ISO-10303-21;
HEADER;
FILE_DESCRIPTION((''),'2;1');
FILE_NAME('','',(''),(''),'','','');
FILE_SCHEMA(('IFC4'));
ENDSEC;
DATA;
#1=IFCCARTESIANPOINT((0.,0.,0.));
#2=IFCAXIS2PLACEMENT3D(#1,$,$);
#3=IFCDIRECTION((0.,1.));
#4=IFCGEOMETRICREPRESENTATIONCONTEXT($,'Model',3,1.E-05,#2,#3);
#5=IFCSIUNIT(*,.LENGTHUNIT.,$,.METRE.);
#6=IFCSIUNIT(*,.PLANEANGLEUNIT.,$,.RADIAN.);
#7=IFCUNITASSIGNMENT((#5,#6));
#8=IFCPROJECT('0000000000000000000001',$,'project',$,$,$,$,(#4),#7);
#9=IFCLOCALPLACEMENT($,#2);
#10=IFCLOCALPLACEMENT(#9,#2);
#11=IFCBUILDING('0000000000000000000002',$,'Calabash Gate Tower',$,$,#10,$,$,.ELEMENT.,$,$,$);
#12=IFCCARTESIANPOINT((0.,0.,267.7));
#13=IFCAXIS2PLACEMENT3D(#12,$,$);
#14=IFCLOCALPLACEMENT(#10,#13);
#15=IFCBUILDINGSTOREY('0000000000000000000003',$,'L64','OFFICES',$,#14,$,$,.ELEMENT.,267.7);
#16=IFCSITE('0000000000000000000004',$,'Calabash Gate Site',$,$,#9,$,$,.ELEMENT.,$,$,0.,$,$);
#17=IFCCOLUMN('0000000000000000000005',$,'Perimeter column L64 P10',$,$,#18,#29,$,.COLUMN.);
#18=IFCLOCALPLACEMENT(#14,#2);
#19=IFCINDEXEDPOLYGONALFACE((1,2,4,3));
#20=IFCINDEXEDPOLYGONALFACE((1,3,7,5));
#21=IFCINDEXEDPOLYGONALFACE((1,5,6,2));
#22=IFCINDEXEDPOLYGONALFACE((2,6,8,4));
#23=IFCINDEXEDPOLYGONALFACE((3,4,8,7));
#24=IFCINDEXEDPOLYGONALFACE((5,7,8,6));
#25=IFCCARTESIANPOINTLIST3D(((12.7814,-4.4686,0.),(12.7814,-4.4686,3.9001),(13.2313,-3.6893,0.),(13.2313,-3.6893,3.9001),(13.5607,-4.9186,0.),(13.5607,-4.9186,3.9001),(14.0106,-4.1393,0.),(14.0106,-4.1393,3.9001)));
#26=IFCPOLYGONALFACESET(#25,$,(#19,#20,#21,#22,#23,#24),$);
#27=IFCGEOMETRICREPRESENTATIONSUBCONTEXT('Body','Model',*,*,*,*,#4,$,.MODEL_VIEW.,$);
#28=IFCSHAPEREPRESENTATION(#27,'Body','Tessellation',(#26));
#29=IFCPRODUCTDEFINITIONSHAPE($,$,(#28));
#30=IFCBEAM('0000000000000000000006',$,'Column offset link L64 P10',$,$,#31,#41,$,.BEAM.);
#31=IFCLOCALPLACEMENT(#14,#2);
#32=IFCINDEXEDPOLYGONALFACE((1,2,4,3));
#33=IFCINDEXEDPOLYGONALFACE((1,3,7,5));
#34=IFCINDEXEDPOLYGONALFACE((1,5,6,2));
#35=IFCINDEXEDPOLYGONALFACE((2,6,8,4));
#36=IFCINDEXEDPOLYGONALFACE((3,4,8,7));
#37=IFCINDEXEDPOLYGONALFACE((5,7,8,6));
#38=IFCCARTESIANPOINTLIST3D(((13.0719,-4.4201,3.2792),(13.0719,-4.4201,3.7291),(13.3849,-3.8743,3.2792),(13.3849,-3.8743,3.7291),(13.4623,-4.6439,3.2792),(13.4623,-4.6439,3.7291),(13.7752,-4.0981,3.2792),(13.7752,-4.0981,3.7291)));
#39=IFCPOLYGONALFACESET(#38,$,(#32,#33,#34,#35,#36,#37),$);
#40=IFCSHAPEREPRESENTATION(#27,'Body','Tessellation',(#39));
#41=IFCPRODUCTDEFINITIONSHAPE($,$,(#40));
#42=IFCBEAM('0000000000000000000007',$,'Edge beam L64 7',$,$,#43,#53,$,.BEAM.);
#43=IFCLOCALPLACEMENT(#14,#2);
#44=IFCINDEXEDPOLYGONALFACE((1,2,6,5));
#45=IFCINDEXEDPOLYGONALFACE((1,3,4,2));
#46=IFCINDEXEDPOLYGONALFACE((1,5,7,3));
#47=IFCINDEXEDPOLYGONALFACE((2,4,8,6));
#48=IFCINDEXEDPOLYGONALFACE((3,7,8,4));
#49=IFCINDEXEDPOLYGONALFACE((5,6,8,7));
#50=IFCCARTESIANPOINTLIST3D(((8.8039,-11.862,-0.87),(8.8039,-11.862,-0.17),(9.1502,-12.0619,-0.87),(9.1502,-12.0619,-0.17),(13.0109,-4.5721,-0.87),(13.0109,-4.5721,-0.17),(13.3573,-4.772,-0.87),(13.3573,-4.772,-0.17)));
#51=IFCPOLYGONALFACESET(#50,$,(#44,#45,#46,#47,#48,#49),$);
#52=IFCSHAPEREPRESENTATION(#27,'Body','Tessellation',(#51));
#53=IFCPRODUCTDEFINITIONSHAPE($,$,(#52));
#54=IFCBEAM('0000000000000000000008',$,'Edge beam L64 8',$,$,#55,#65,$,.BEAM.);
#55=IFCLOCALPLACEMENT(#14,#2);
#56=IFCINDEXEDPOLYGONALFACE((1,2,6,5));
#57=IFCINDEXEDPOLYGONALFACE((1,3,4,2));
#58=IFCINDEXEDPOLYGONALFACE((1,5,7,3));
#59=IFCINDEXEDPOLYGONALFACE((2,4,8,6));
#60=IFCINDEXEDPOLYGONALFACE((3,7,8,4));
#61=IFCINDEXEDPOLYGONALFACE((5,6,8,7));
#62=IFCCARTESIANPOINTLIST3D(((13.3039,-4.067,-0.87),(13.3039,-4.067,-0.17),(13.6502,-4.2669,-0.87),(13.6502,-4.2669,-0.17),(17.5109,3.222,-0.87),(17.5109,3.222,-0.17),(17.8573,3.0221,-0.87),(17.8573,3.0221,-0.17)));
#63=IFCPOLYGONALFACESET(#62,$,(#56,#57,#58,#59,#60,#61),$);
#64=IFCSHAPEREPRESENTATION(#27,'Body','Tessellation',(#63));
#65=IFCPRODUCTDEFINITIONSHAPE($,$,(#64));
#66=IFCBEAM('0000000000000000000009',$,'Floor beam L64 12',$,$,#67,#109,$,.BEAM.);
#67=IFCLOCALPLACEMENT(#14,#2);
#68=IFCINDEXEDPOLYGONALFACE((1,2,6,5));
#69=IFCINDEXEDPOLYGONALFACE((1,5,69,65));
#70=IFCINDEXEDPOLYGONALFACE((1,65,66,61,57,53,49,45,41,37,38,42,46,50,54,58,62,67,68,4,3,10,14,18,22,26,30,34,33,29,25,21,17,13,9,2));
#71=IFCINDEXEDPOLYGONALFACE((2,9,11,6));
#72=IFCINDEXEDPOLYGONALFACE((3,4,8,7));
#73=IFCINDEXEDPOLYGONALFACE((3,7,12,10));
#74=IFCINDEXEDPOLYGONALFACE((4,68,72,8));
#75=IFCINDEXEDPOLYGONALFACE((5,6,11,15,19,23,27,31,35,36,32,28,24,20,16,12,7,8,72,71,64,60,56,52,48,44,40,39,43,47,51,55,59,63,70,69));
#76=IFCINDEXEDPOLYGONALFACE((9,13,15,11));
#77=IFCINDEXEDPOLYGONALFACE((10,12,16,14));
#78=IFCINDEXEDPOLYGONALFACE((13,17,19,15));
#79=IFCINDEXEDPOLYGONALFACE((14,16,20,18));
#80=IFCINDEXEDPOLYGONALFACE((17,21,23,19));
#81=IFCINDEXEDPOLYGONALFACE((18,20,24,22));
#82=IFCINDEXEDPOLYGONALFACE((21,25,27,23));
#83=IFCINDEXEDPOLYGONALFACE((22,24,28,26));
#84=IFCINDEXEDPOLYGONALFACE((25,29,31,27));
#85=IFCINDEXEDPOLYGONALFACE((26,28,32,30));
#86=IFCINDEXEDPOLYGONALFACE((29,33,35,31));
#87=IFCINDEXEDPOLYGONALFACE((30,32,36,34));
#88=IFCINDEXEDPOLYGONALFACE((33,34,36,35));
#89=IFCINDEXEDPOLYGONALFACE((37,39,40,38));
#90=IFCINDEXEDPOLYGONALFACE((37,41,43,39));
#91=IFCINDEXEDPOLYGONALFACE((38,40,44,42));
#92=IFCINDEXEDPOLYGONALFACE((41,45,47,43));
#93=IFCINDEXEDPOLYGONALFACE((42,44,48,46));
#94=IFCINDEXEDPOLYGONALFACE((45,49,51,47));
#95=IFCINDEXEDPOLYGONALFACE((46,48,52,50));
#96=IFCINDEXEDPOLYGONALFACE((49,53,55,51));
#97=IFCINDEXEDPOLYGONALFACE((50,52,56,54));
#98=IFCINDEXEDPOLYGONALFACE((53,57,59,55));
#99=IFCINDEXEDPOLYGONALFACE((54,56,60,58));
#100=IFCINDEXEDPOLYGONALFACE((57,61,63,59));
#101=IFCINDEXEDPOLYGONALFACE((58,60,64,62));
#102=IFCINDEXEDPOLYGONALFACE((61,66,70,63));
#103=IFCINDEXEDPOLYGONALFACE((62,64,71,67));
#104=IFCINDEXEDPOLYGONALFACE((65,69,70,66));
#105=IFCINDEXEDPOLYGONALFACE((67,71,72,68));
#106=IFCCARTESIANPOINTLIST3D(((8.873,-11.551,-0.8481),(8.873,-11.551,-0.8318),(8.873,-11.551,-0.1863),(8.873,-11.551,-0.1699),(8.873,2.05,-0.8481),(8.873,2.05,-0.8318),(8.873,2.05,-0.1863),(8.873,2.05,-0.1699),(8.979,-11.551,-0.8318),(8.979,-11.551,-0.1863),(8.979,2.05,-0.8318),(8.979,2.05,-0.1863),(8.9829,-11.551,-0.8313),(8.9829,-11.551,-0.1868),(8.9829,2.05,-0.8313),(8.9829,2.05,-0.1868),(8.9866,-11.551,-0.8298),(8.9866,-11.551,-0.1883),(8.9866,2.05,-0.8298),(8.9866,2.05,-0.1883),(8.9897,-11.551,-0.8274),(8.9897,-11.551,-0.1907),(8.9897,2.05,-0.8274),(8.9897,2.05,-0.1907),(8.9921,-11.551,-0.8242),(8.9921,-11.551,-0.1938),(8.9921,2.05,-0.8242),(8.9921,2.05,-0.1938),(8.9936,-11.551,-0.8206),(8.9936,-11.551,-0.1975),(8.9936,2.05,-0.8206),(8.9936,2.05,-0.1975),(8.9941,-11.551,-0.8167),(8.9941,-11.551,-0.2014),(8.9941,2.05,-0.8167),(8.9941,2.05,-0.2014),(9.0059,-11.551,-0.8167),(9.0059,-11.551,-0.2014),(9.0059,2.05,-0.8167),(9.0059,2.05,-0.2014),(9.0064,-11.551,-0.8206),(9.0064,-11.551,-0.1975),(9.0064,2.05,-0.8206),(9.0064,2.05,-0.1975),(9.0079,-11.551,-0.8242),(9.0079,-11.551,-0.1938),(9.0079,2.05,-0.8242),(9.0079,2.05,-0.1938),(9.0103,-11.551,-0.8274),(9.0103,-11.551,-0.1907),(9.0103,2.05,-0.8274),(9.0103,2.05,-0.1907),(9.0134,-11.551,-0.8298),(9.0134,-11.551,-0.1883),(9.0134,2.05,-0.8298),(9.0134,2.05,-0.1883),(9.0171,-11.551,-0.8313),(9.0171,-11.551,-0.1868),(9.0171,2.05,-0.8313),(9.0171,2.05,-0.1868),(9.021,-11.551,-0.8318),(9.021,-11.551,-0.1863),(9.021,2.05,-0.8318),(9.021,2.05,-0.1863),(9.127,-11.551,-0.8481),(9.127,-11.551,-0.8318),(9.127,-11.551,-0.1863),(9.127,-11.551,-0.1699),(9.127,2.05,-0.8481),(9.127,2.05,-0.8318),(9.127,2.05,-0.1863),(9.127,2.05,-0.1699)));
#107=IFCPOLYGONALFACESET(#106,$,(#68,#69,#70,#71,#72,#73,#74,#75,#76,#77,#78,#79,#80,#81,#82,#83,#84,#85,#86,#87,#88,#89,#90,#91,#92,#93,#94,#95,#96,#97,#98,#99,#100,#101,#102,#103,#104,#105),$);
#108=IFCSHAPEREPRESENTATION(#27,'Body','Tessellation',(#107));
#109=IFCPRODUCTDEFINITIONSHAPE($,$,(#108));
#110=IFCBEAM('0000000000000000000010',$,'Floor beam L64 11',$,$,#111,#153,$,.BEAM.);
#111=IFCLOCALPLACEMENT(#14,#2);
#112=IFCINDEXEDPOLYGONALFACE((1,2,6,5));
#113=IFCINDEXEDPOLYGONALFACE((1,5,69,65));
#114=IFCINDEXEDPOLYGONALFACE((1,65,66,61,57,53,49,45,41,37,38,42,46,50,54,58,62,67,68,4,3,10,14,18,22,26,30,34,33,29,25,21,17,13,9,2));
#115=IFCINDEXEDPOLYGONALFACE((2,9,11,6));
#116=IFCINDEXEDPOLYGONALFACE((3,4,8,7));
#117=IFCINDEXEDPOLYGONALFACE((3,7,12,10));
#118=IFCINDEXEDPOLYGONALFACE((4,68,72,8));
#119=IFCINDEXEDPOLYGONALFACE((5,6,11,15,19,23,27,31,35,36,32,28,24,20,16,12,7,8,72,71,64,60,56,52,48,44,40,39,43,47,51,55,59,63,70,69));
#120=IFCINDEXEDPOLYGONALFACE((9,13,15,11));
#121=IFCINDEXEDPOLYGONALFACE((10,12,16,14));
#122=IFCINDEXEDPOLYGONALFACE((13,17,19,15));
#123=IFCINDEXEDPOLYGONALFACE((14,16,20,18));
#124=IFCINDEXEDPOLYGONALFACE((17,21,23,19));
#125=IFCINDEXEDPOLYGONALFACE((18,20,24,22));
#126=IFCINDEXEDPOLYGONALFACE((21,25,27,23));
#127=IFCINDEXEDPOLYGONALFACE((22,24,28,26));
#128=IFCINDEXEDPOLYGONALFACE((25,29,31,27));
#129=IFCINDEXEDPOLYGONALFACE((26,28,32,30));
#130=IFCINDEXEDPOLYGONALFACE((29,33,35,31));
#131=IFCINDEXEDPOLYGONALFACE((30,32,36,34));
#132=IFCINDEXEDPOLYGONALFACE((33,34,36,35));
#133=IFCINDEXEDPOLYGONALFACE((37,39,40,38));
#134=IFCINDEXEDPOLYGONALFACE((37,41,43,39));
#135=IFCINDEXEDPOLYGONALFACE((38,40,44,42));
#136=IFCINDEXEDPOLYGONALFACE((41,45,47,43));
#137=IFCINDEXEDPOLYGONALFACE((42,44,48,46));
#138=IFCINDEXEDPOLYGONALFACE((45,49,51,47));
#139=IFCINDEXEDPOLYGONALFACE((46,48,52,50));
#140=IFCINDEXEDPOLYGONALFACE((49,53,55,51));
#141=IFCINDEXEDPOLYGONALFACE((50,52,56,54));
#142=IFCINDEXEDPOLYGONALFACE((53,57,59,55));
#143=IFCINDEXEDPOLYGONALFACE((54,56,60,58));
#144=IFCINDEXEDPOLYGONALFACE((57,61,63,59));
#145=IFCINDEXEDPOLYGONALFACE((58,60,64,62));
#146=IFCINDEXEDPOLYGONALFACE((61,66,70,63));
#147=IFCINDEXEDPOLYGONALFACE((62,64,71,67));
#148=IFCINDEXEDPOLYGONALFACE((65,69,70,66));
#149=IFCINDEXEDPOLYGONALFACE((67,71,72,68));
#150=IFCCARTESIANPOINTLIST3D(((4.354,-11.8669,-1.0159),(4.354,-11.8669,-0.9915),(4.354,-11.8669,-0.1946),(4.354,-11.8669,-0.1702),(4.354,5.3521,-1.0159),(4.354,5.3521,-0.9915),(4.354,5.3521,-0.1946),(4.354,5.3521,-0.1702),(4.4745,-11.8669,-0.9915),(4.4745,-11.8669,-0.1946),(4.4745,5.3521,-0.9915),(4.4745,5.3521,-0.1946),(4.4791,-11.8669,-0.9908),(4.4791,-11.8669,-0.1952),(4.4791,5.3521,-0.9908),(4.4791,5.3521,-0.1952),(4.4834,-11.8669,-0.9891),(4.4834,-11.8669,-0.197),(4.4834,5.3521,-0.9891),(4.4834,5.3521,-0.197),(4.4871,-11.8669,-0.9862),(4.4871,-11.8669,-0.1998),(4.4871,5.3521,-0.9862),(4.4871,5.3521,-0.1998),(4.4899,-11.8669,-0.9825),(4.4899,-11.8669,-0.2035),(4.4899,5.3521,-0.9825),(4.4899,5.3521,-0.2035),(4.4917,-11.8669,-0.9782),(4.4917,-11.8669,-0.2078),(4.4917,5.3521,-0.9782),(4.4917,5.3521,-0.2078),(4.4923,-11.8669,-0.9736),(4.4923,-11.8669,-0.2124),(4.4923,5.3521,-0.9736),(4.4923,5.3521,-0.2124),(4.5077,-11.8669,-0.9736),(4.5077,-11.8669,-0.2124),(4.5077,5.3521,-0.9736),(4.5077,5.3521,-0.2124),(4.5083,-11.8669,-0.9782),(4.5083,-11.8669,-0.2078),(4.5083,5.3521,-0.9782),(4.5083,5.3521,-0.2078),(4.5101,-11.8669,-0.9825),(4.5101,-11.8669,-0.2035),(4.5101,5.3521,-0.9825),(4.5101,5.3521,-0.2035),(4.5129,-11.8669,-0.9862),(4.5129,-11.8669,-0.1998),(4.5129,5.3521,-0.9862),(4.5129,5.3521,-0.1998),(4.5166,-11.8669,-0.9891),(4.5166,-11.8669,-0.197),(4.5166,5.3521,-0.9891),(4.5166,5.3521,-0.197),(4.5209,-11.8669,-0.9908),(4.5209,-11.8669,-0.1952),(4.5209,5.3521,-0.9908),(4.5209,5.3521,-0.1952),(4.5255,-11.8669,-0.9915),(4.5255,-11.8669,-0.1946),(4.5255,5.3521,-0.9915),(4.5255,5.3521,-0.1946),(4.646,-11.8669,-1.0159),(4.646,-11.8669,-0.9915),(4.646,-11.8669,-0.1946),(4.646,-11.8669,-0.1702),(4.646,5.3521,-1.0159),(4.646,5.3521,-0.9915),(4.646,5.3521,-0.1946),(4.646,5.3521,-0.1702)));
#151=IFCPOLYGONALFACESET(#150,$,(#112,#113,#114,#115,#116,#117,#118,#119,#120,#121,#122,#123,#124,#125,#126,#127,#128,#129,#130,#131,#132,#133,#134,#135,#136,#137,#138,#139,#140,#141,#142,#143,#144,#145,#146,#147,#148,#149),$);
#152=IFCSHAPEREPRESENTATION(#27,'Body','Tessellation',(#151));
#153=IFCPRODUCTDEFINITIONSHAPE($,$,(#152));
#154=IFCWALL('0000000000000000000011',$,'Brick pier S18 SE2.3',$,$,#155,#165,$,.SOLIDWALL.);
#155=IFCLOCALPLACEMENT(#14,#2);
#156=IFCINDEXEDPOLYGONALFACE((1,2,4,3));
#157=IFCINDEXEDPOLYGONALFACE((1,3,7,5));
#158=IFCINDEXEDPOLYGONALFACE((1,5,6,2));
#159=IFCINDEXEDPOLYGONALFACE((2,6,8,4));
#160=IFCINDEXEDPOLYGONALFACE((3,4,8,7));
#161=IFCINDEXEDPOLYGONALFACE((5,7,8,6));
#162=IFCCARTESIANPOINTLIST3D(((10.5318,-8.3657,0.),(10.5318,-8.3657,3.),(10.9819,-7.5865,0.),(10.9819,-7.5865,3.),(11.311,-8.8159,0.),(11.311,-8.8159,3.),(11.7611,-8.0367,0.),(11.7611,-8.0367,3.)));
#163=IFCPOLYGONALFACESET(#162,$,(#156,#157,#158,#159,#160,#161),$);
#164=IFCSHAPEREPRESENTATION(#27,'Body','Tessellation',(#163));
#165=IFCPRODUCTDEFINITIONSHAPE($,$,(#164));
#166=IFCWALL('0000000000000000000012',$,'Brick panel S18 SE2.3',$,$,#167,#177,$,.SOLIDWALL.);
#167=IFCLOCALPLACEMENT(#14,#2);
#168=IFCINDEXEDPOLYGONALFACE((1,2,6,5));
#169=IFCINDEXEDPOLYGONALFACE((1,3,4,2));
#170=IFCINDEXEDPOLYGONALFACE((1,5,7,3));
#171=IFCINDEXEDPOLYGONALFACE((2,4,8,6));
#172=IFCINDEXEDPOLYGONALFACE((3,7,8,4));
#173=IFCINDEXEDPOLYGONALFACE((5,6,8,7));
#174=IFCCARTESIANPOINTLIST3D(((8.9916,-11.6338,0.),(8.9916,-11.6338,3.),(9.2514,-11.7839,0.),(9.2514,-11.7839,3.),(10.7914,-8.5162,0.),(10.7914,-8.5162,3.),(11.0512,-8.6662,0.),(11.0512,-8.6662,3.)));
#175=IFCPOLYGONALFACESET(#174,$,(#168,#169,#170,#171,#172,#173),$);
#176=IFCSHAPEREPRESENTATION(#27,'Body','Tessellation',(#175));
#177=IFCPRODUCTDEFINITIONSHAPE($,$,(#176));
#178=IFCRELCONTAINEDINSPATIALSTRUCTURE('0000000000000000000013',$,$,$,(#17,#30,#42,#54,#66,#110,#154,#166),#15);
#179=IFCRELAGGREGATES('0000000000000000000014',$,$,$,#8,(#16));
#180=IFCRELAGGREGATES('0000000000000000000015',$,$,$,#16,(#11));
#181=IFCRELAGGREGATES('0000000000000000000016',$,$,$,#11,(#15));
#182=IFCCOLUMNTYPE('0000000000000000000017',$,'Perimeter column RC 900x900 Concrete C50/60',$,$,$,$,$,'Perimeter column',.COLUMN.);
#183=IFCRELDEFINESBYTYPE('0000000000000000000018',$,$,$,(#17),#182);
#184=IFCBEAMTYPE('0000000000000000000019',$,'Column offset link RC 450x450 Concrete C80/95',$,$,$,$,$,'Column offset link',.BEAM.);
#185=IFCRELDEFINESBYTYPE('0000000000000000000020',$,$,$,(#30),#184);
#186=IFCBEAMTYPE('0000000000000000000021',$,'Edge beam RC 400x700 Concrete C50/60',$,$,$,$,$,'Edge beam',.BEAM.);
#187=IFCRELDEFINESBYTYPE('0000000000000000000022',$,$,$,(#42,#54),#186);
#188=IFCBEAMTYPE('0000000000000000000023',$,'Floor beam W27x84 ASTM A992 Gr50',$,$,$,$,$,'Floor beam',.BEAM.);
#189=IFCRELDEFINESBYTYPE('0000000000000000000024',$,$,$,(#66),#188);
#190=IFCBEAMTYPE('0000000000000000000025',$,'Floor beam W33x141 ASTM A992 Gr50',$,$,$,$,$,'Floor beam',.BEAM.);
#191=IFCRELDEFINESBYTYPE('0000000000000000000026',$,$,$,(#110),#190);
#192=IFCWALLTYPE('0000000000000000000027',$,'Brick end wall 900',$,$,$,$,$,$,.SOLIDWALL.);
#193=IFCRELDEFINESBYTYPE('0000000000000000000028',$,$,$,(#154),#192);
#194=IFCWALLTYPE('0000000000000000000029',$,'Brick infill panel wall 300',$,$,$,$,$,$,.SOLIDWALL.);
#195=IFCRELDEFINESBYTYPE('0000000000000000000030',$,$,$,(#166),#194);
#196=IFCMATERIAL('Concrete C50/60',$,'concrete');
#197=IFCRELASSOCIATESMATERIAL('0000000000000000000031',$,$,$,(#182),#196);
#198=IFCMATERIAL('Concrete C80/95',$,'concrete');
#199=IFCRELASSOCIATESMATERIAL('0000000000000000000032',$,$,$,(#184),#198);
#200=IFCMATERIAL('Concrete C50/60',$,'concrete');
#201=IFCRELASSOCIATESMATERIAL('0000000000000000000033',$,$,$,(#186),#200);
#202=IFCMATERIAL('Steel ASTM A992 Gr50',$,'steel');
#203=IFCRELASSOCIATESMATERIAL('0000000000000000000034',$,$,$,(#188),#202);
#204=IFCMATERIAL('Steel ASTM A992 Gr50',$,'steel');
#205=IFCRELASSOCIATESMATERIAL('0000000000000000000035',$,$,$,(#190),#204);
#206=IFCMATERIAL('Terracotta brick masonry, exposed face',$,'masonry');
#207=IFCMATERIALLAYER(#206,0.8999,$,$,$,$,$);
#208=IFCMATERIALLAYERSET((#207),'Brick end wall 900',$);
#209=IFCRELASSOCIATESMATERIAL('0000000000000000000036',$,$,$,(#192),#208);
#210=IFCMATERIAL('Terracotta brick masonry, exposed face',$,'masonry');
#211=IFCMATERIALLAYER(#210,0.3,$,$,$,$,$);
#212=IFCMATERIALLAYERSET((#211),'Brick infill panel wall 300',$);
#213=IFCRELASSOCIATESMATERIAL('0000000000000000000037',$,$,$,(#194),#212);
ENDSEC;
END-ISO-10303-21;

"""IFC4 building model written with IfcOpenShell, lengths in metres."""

from ifc_helpers import new_model, si_unit, direction, frame, frame_2d, origin, origin_2d, place, context, subcontext, project, spatial, rectangle, i_section, extrude, material, layer, layer_set, material_profile, profile_set, type_object, element, save


model = new_model("IFC4")

# Units and contexts
model_context = context("Model", 3, precision=1e-05, world=origin(), true_north=direction((0.0, 1.0)))
body_context = subcontext(model_context, "Body", "Model", "MODEL_VIEW")
ifc_project = project(units=[si_unit("LENGTHUNIT", "METRE"), si_unit("PLANEANGLEUNIT", "RADIAN")], contexts=[model_context])

# Site, building, storey
site_placement = place(None, origin())
site = spatial("IfcSite", under=ifc_project, at=site_placement, Name="Calabash Gate Site", CompositionType="ELEMENT", RefElevation=0.0)
building_placement = place(site_placement, origin())
building = spatial("IfcBuilding", under=site, at=building_placement, Name="Calabash Gate Tower", CompositionType="ELEMENT")
storey_placement = place(building_placement, frame((0.0, 0.0, 267.7)))
storey = spatial("IfcBuildingStorey", under=building, at=storey_placement, Name="L64", Description="OFFICES", CompositionType="ELEMENT", Elevation=267.7)

# Column
ifc_material_1 = material(Name="Concrete C50/60", Category="concrete")
ifc_material_profile_1 = material_profile(ifc_material_1, rectangle(XDim=0.8999, YDim=0.8999, at=origin_2d()))
ifc_profile_set_1 = profile_set([ifc_material_profile_1], Name="Concrete C50/60")
column_type = type_object("IfcColumnType", Name="Perimeter column RC 900x900 Concrete C50/60", ElementType="Perimeter column", PredefinedType="COLUMN", material=ifc_profile_set_1)
column_placement = place(storey_placement, frame((13.396, -4.304, 0.0), z_axis=(0.0, 0.0, 1.0), x_axis=(0.5, 0.866025, 0.0)))
element("IfcColumn", 1, at=column_placement, inside=storey, type_object=column_type, Name="Perimeter column L64 P10", PredefinedType="COLUMN", context=body_context, shape_type="SweptSolid", body=[
    extrude(rectangle(XDim=0.8999, YDim=0.8999, at=origin_2d()), origin(), (0.0, 0.0, 1.0), 3.9001),
])

# Beams
ifc_material_2 = material(Name="Concrete C80/95", Category="concrete")
ifc_material_profile_2 = material_profile(ifc_material_2, rectangle(XDim=0.45, YDim=0.45, at=origin_2d()))
ifc_profile_set_2 = profile_set([ifc_material_profile_2], Name="Concrete C80/95")
beam_type_1 = type_object("IfcBeamType", Name="Column offset link RC 450x450 Concrete C80/95", ElementType="Column offset link", PredefinedType="BEAM", material=ifc_profile_set_2)
beam_1_placement = place(storey_placement, frame((13.2671, -4.532, 3.5042), z_axis=(0.497392, 0.867526, 0.0), x_axis=(-0.867526, 0.497392, 0.0)))
element("IfcBeam", 2, at=beam_1_placement, inside=storey, type_object=beam_type_1, Name="Column offset link L64 P10", PredefinedType="BEAM", context=body_context, shape_type="SweptSolid", body=[
    extrude(rectangle(XDim=0.45, YDim=0.45, at=origin_2d()), origin(), (0.0, 0.0, 1.0), 0.6292),
])
ifc_material_3 = material(Name="Concrete C50/60", Category="concrete")
ifc_material_profile_3 = material_profile(ifc_material_3, rectangle(XDim=0.3999, YDim=0.7, at=origin_2d()))
ifc_profile_set_3 = profile_set([ifc_material_profile_3], Name="Concrete C50/60")
beam_type_2 = type_object("IfcBeamType", Name="Edge beam RC 400x700 Concrete C50/60", ElementType="Edge beam", PredefinedType="BEAM", material=ifc_profile_set_3)
beam_2_placement = place(storey_placement, frame((8.9771, -11.9619, -0.52), z_axis=(0.499845, 0.866115, 0.0), x_axis=(-0.866115, 0.499845, 0.0)))
element("IfcBeam", 3, at=beam_2_placement, inside=storey, type_object=beam_type_2, Name="Edge beam L64 7", PredefinedType="BEAM", context=body_context, shape_type="SweptSolid", body=[
    extrude(rectangle(XDim=0.3999, YDim=0.7, at=origin_2d()), origin(), (0.0, 0.0, 1.0), 8.4167),
])
beam_3_placement = place(storey_placement, frame((13.4771, -4.167, -0.52), z_axis=(0.499883, 0.866093, 0.0), x_axis=(-0.866093, 0.499883, 0.0)))
element("IfcBeam", 4, at=beam_3_placement, inside=storey, type_object=beam_type_2, Name="Edge beam L64 8", PredefinedType="BEAM", context=body_context, shape_type="SweptSolid", body=[
    extrude(rectangle(XDim=0.3999, YDim=0.7, at=origin_2d()), origin(), (0.0, 0.0, 1.0), 8.416),
])
ifc_material_4 = material(Name="Steel ASTM A992 Gr50", Category="steel")
ifc_material_profile_4 = material_profile(ifc_material_4, i_section(OverallWidth=0.2539, OverallDepth=0.6782, WebThickness=0.0117, FlangeThickness=0.0164, FilletRadius=0.0151, at=origin_2d()))
ifc_profile_set_4 = profile_set([ifc_material_profile_4], Name="Steel ASTM A992 Gr50")
beam_type_3 = type_object("IfcBeamType", Name="Floor beam W27x84 ASTM A992 Gr50", ElementType="Floor beam", PredefinedType="BEAM", material=ifc_profile_set_4)
beam_4_placement = place(storey_placement, frame((9.0, -11.551, -0.509), z_axis=(0.0, 1.0, 0.0), x_axis=(-1.0, 0.0, 0.0)))
element("IfcBeam", 5, at=beam_4_placement, inside=storey, type_object=beam_type_3, Name="Floor beam L64 12", PredefinedType="BEAM", context=body_context, shape_type="SweptSolid", body=[
    extrude(i_section(OverallWidth=0.2539, OverallDepth=0.6782, WebThickness=0.0117, FlangeThickness=0.0164, FilletRadius=0.0151, at=origin_2d()), origin(), (0.0, 0.0, 1.0), 13.6011),
])
ifc_material_5 = material(Name="Steel ASTM A992 Gr50", Category="steel")
ifc_material_profile_5 = material_profile(ifc_material_5, i_section(OverallWidth=0.292, OverallDepth=0.8457, WebThickness=0.0154, FlangeThickness=0.0244, FilletRadius=0.0178, at=origin_2d()))
ifc_profile_set_5 = profile_set([ifc_material_profile_5], Name="Steel ASTM A992 Gr50")
beam_type_4 = type_object("IfcBeamType", Name="Floor beam W33x141 ASTM A992 Gr50", ElementType="Floor beam", PredefinedType="BEAM", material=ifc_profile_set_5)
beam_5_placement = place(storey_placement, frame((4.5, -11.8669, -0.593), z_axis=(0.0, 1.0, 0.0), x_axis=(-1.0, 0.0, 0.0)))
element("IfcBeam", 6, at=beam_5_placement, inside=storey, type_object=beam_type_4, Name="Floor beam L64 11", PredefinedType="BEAM", context=body_context, shape_type="SweptSolid", body=[
    extrude(i_section(OverallWidth=0.292, OverallDepth=0.8457, WebThickness=0.0154, FlangeThickness=0.0244, FilletRadius=0.0178, at=origin_2d()), origin(), (0.0, 0.0, 1.0), 17.219),
])

# Walls
ifc_material_6 = material(Name="Terracotta brick masonry, exposed face", Category="masonry")
ifc_layer_1 = layer(ifc_material_6, 0.8999)
ifc_layer_set_1 = layer_set([ifc_layer_1], Name="Brick end wall 900")
wall_type_1 = type_object("IfcWallType", Name="Brick end wall 900", PredefinedType="SOLIDWALL", material=ifc_layer_set_1)
wall_1_placement = place(storey_placement, frame((10.9214, -8.5908, 0.0), z_axis=(0.0, 0.0, 1.0), x_axis=(0.500223, 0.865896, 0.0)))
element("IfcWall", 7, at=wall_1_placement, inside=storey, type_object=wall_type_1, Name="Brick pier S18 SE2.3", PredefinedType="SOLIDWALL", context=body_context, shape_type="SweptSolid", body=[
    extrude(rectangle(XDim=0.8999, YDim=0.8999, at=frame_2d((0.45, 0.0))), origin(), (0.0, 0.0, 1.0), 3.0),
])
ifc_material_7 = material(Name="Terracotta brick masonry, exposed face", Category="masonry")
ifc_layer_2 = layer(ifc_material_7, 0.3)
ifc_layer_set_2 = layer_set([ifc_layer_2], Name="Brick infill panel wall 300")
wall_type_2 = type_object("IfcWallType", Name="Brick infill panel wall 300", PredefinedType="SOLIDWALL", material=ifc_layer_set_2)
for number, where, z_axis, x_axis, name in (
    (8, (9.1216, -11.7087, 0.0), (0.0, 0.0, 1.0), (0.499961, 0.866048, 0.0), "Brick panel S18 SE2.3"),
):
    element("IfcWall", number, at=place(storey_placement, frame(where, z_axis=z_axis, x_axis=x_axis)), inside=storey, type_object=wall_type_2, Name=name, PredefinedType="SOLIDWALL", context=body_context, shape_type="SweptSolid", body=[
        extrude(rectangle(XDim=3.5999, YDim=0.3, at=frame_2d((1.7998, 0.0))), origin(), (0.0, 0.0, 1.0), 3.0),
    ])

save(model, "model.ifc")
